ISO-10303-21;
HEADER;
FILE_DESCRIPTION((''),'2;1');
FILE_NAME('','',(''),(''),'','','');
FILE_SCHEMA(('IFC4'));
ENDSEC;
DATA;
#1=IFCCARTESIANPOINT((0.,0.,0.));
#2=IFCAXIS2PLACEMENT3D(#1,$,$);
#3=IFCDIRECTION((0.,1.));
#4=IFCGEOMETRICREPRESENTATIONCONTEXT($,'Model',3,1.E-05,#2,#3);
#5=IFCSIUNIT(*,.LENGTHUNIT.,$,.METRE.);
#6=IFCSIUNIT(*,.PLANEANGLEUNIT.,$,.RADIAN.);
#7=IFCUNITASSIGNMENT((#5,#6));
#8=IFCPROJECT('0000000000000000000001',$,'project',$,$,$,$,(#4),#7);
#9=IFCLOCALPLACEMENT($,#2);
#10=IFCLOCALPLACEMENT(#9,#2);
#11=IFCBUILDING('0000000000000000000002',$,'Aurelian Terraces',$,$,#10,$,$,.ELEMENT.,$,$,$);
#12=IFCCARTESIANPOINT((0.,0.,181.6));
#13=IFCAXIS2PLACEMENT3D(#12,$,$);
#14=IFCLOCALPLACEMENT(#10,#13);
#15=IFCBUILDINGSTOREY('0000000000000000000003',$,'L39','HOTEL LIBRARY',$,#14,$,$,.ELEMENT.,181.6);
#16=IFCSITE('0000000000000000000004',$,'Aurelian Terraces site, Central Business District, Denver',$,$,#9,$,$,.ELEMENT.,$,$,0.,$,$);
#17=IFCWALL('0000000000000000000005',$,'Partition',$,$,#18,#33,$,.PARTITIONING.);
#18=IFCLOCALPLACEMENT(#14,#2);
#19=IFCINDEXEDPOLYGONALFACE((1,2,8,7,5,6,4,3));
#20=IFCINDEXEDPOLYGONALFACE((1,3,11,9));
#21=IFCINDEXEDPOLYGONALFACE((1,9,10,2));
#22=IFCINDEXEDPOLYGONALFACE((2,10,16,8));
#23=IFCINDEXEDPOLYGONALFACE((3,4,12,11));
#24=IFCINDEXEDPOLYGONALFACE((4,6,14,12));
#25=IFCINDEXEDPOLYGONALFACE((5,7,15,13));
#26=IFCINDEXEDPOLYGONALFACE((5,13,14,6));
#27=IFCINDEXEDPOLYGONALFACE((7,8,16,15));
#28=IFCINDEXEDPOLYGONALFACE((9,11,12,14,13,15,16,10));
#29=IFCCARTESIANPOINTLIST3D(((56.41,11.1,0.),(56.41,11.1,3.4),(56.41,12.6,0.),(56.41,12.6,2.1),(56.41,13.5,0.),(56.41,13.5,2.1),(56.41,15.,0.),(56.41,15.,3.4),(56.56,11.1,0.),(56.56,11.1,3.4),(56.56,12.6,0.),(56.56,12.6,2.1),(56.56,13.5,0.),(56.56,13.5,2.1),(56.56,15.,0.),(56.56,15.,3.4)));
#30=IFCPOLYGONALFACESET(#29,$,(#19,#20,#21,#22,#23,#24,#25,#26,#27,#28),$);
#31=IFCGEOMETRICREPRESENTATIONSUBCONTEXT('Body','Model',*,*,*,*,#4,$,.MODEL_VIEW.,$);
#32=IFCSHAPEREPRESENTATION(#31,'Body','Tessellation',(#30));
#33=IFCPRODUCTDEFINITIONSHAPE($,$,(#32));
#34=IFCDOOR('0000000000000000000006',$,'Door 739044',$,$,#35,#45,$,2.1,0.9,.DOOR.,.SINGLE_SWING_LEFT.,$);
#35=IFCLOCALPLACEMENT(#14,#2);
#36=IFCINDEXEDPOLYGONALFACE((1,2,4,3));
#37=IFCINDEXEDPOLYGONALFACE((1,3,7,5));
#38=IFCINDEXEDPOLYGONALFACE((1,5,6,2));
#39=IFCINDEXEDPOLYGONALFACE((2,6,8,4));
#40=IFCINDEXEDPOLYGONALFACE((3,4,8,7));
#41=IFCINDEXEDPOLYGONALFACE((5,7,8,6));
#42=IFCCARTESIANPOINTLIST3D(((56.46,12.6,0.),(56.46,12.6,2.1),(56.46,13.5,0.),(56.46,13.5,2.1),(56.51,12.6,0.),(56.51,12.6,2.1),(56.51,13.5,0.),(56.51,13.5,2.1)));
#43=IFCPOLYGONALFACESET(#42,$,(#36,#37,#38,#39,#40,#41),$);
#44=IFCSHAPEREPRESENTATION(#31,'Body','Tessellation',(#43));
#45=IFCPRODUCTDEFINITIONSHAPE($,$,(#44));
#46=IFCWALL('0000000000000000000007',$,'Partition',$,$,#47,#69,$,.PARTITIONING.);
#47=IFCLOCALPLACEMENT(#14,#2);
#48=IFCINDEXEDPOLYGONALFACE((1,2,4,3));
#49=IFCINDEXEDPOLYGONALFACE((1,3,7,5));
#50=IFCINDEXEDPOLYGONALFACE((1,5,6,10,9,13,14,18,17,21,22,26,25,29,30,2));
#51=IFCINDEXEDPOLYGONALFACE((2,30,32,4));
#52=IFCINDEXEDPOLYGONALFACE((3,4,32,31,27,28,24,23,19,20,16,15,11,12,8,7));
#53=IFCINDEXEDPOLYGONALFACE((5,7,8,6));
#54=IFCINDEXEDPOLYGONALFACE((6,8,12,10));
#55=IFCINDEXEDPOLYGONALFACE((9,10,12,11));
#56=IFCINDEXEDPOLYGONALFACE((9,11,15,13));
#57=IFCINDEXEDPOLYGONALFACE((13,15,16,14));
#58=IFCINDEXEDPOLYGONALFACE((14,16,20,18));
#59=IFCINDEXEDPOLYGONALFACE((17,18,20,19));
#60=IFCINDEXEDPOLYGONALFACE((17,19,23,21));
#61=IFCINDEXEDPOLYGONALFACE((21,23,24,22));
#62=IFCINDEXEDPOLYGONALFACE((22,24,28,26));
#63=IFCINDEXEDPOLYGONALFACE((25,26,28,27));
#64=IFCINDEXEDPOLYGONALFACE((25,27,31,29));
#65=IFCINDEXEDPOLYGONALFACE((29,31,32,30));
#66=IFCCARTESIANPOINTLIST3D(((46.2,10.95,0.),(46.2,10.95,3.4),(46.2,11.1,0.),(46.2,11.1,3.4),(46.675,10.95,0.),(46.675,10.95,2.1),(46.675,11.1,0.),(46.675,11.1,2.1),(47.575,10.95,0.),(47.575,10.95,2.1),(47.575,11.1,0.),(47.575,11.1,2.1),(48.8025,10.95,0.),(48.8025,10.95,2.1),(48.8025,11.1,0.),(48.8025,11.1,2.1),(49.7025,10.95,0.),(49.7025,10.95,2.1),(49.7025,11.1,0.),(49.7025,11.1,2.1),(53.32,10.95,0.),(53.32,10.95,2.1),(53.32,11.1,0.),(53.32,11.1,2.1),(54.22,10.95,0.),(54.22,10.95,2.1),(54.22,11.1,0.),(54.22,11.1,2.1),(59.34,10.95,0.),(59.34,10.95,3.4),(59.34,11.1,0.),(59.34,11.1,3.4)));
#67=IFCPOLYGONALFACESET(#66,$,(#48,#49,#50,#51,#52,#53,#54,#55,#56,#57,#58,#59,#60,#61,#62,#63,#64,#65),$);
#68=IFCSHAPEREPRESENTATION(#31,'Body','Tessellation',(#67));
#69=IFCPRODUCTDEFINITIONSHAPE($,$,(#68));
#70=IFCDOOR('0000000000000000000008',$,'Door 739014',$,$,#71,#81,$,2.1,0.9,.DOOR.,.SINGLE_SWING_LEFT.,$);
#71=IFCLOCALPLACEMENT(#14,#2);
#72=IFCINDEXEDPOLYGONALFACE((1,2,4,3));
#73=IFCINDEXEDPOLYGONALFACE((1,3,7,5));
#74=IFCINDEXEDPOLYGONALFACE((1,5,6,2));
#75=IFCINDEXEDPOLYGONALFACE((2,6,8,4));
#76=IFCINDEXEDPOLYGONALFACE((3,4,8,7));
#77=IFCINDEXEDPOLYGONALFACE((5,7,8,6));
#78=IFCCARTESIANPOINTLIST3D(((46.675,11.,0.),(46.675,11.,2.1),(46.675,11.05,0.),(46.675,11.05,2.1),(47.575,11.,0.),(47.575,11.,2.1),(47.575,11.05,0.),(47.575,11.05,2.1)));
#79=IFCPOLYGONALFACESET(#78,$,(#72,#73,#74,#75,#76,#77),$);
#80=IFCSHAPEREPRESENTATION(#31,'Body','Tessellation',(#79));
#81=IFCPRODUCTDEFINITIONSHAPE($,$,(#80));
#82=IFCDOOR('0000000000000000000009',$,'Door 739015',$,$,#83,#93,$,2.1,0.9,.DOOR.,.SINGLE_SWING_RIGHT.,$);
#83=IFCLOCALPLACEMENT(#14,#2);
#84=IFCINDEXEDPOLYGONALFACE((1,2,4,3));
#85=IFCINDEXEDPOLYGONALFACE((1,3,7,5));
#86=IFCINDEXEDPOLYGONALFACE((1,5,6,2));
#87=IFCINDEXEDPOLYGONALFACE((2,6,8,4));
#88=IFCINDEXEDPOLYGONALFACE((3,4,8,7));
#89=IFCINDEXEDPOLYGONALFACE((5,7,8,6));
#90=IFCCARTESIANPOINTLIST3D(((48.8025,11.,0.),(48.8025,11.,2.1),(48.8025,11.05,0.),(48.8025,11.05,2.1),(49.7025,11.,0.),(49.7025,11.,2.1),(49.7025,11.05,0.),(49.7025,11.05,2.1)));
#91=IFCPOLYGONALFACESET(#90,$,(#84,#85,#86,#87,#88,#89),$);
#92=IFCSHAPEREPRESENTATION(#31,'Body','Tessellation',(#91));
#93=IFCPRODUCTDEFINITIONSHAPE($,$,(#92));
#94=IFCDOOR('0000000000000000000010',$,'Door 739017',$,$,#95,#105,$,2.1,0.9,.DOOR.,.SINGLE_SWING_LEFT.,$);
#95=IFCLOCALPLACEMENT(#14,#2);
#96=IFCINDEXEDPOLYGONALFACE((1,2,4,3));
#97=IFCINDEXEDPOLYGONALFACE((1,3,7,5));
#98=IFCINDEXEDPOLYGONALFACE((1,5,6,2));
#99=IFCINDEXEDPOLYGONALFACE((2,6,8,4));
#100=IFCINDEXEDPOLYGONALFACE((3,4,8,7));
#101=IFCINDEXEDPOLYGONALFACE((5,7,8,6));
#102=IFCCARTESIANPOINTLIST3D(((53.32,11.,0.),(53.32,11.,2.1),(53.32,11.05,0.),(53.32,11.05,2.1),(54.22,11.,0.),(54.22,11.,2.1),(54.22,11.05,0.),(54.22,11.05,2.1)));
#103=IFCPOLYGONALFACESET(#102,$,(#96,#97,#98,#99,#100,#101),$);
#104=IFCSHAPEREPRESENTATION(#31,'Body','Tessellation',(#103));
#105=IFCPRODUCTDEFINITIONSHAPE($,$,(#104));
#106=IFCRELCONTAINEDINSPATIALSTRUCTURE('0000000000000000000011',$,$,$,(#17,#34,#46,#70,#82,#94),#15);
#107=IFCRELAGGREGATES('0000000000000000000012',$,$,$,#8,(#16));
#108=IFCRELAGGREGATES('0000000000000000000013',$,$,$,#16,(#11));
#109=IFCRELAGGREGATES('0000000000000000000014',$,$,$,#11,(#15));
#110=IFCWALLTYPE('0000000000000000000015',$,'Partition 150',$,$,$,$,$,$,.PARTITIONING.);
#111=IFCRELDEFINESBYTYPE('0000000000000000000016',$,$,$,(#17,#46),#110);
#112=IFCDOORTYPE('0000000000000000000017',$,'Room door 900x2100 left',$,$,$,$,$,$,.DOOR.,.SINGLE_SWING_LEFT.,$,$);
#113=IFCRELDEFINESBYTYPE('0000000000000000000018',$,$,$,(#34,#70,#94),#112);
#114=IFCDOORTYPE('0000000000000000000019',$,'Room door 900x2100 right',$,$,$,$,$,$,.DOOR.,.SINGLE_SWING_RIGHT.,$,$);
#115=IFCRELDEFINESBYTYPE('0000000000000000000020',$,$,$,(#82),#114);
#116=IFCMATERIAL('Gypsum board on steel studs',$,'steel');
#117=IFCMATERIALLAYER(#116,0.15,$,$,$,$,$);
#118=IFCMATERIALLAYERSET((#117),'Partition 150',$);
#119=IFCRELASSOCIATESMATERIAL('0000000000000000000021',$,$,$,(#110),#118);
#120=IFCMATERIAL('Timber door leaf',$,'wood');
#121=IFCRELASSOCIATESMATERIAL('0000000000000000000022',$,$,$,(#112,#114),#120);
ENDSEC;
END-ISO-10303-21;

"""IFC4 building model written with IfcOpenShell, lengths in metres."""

from ifc_helpers import new_model, si_unit, direction, frame, frame_2d, origin, place, context, subcontext, project, spatial, rectangle, extrude, source, transform, mapped, material, layer, layer_set, type_object, element, fill, save


model = new_model("IFC4")

# Units and contexts
model_context = context("Model", 3, precision=1e-05, world=origin(), true_north=direction((0.0, 1.0)))
body_context = subcontext(model_context, "Body", "Model", "MODEL_VIEW")
ifc_project = project(units=[si_unit("LENGTHUNIT", "METRE"), si_unit("PLANEANGLEUNIT", "RADIAN")], contexts=[model_context])

# Site, building, storey
site_placement = place(None, origin())
site = spatial("IfcSite", under=ifc_project, at=site_placement, Name="Aurelian Terraces site, Central Business District, Denver", CompositionType="ELEMENT", RefElevation=0.0)
building_placement = place(site_placement, origin())
building = spatial("IfcBuilding", under=site, at=building_placement, Name="Aurelian Terraces", CompositionType="ELEMENT")
storey_placement = place(building_placement, frame((0.0, 0.0, 181.6)))
storey = spatial("IfcBuildingStorey", under=building, at=storey_placement, Name="L39", Description="HOTEL LIBRARY", CompositionType="ELEMENT", Elevation=181.6)

# Shared definitions
ifc_material_1 = material(Name="Gypsum board on steel studs", Category="steel")
ifc_layer_1 = layer(ifc_material_1, 0.15)
ifc_layer_set_1 = layer_set([ifc_layer_1], Name="Partition 150")
wall_type_1 = type_object("IfcWallType", Name="Partition 150", PredefinedType="PARTITIONING", material=ifc_layer_set_1)
shared_shape_1 = source(origin(), body_context, "Body", "SweptSolid", [
    extrude(rectangle(XDim=3.9, YDim=0.15, at=frame_2d((1.95, 0.0))), origin(), (0.0, 0.0, 1.0), 3.4),
])

# Wall, opening, door
wall_1_placement = place(storey_placement, frame((56.485, 11.1, 0.0), z_axis=(0.0, 0.0, 1.0), x_axis=(0.0, 1.0, 0.0)))
wall_1 = element("IfcWall", 1, at=wall_1_placement, inside=storey, type_object=wall_type_1, Name="Partition", PredefinedType="PARTITIONING", context=body_context, shape_type="MappedRepresentation", body=[
    mapped(shared_shape_1, transform((0.0, 0.0, 0.0), scale=1.0)),
])
shared_shape_2 = source(origin(), body_context, "Body", "SweptSolid", [
    extrude(rectangle(XDim=0.9, YDim=2.1, at=frame_2d((0.45, 1.05))), frame((0.0, 0.085, 0.0), z_axis=(0.0, -1.0, 0.0), x_axis=(1.0, 0.0, 0.0)), (0.0, 0.0, 1.0), 0.17),
])
opening_1_placement = place(wall_1_placement, frame((1.5, 0.0, 0.0)))
opening_1 = element("IfcOpeningElement", 2, at=opening_1_placement, cuts=wall_1, PredefinedType="OPENING", context=body_context, shape_type="MappedRepresentation", body=[
    mapped(shared_shape_2, transform((0.0, 0.0, 0.0), scale=1.0)),
])
ifc_material_2 = material(Name="Timber door leaf", Category="wood")
door_type_1 = type_object("IfcDoorType", Name="Room door 900x2100 left", OperationType="SINGLE_SWING_LEFT", PredefinedType="DOOR", material=ifc_material_2)
shared_shape_3 = source(origin(), body_context, "Body", "SweptSolid", [
    extrude(rectangle(XDim=0.9, YDim=2.1, at=frame_2d((0.45, 1.05))), frame((0.0, 0.025, 0.0), z_axis=(0.0, -1.0, 0.0), x_axis=(1.0, 0.0, 0.0)), (0.0, 0.0, 1.0), 0.05),
])
door_1_placement = place(opening_1_placement, origin())
door_1 = element("IfcDoor", 3, at=door_1_placement, inside=storey, type_object=door_type_1, Name="Door 739044", OperationType="SINGLE_SWING_LEFT", OverallHeight=2.1, OverallWidth=0.9, PredefinedType="DOOR", context=body_context, shape_type="MappedRepresentation", body=[
    mapped(shared_shape_3, transform((0.0, 0.0, 0.0), scale=1.0)),
])
fill(opening_1, door_1)

# Wall, openings, doors
shared_shape_4 = source(origin(), body_context, "Body", "SweptSolid", [
    extrude(rectangle(XDim=13.14, YDim=0.15, at=frame_2d((6.57, 0.0))), origin(), (0.0, 0.0, 1.0), 3.4),
])
wall_2_placement = place(storey_placement, frame((59.34, 11.025, 0.0), z_axis=(0.0, 0.0, 1.0), x_axis=(-1.0, 0.0, 0.0)))
wall_2 = element("IfcWall", 4, at=wall_2_placement, inside=storey, type_object=wall_type_1, Name="Partition", PredefinedType="PARTITIONING", context=body_context, shape_type="MappedRepresentation", body=[
    mapped(shared_shape_4, transform((0.0, 0.0, 0.0), scale=1.0)),
])
opening_2_placement = place(wall_2_placement, frame((11.765, 0.0, 0.0)))
opening_2 = element("IfcOpeningElement", 5, at=opening_2_placement, cuts=wall_2, PredefinedType="OPENING", context=body_context, shape_type="MappedRepresentation", body=[
    mapped(shared_shape_2, transform((0.0, 0.0, 0.0), scale=1.0)),
])
opening_3_placement = place(wall_2_placement, frame((9.6375, 0.0, 0.0)))
opening_3 = element("IfcOpeningElement", 6, at=opening_3_placement, cuts=wall_2, PredefinedType="OPENING", context=body_context, shape_type="MappedRepresentation", body=[
    mapped(shared_shape_2, transform((0.0, 0.0, 0.0), scale=1.0)),
])
opening_4_placement = place(wall_2_placement, frame((5.12, 0.0, 0.0)))
opening_4 = element("IfcOpeningElement", 7, at=opening_4_placement, cuts=wall_2, PredefinedType="OPENING", context=body_context, shape_type="MappedRepresentation", body=[
    mapped(shared_shape_2, transform((0.0, 0.0, 0.0), scale=1.0)),
])
door_2_placement = place(opening_2_placement, origin())
door_2 = element("IfcDoor", 8, at=door_2_placement, inside=storey, type_object=door_type_1, Name="Door 739014", OperationType="SINGLE_SWING_LEFT", OverallHeight=2.1, OverallWidth=0.9, PredefinedType="DOOR", context=body_context, shape_type="MappedRepresentation", body=[
    mapped(shared_shape_3, transform((0.0, 0.0, 0.0), scale=1.0)),
])
fill(opening_2, door_2)
door_type_2 = type_object("IfcDoorType", Name="Room door 900x2100 right", OperationType="SINGLE_SWING_RIGHT", PredefinedType="DOOR", material=ifc_material_2)
door_3_placement = place(opening_3_placement, origin())
door_3 = element("IfcDoor", 9, at=door_3_placement, inside=storey, type_object=door_type_2, Name="Door 739015", OperationType="SINGLE_SWING_RIGHT", OverallHeight=2.1, OverallWidth=0.9, PredefinedType="DOOR", context=body_context, shape_type="MappedRepresentation", body=[
    mapped(shared_shape_3, transform((0.0, 0.0, 0.0), scale=1.0)),
])
fill(opening_3, door_3)
door_4_placement = place(opening_4_placement, origin())
door_4 = element("IfcDoor", 10, at=door_4_placement, inside=storey, type_object=door_type_1, Name="Door 739017", OperationType="SINGLE_SWING_LEFT", OverallHeight=2.1, OverallWidth=0.9, PredefinedType="DOOR", context=body_context, shape_type="MappedRepresentation", body=[
    mapped(shared_shape_3, transform((0.0, 0.0, 0.0), scale=1.0)),
])
fill(opening_4, door_4)

save(model, "model.ifc")
